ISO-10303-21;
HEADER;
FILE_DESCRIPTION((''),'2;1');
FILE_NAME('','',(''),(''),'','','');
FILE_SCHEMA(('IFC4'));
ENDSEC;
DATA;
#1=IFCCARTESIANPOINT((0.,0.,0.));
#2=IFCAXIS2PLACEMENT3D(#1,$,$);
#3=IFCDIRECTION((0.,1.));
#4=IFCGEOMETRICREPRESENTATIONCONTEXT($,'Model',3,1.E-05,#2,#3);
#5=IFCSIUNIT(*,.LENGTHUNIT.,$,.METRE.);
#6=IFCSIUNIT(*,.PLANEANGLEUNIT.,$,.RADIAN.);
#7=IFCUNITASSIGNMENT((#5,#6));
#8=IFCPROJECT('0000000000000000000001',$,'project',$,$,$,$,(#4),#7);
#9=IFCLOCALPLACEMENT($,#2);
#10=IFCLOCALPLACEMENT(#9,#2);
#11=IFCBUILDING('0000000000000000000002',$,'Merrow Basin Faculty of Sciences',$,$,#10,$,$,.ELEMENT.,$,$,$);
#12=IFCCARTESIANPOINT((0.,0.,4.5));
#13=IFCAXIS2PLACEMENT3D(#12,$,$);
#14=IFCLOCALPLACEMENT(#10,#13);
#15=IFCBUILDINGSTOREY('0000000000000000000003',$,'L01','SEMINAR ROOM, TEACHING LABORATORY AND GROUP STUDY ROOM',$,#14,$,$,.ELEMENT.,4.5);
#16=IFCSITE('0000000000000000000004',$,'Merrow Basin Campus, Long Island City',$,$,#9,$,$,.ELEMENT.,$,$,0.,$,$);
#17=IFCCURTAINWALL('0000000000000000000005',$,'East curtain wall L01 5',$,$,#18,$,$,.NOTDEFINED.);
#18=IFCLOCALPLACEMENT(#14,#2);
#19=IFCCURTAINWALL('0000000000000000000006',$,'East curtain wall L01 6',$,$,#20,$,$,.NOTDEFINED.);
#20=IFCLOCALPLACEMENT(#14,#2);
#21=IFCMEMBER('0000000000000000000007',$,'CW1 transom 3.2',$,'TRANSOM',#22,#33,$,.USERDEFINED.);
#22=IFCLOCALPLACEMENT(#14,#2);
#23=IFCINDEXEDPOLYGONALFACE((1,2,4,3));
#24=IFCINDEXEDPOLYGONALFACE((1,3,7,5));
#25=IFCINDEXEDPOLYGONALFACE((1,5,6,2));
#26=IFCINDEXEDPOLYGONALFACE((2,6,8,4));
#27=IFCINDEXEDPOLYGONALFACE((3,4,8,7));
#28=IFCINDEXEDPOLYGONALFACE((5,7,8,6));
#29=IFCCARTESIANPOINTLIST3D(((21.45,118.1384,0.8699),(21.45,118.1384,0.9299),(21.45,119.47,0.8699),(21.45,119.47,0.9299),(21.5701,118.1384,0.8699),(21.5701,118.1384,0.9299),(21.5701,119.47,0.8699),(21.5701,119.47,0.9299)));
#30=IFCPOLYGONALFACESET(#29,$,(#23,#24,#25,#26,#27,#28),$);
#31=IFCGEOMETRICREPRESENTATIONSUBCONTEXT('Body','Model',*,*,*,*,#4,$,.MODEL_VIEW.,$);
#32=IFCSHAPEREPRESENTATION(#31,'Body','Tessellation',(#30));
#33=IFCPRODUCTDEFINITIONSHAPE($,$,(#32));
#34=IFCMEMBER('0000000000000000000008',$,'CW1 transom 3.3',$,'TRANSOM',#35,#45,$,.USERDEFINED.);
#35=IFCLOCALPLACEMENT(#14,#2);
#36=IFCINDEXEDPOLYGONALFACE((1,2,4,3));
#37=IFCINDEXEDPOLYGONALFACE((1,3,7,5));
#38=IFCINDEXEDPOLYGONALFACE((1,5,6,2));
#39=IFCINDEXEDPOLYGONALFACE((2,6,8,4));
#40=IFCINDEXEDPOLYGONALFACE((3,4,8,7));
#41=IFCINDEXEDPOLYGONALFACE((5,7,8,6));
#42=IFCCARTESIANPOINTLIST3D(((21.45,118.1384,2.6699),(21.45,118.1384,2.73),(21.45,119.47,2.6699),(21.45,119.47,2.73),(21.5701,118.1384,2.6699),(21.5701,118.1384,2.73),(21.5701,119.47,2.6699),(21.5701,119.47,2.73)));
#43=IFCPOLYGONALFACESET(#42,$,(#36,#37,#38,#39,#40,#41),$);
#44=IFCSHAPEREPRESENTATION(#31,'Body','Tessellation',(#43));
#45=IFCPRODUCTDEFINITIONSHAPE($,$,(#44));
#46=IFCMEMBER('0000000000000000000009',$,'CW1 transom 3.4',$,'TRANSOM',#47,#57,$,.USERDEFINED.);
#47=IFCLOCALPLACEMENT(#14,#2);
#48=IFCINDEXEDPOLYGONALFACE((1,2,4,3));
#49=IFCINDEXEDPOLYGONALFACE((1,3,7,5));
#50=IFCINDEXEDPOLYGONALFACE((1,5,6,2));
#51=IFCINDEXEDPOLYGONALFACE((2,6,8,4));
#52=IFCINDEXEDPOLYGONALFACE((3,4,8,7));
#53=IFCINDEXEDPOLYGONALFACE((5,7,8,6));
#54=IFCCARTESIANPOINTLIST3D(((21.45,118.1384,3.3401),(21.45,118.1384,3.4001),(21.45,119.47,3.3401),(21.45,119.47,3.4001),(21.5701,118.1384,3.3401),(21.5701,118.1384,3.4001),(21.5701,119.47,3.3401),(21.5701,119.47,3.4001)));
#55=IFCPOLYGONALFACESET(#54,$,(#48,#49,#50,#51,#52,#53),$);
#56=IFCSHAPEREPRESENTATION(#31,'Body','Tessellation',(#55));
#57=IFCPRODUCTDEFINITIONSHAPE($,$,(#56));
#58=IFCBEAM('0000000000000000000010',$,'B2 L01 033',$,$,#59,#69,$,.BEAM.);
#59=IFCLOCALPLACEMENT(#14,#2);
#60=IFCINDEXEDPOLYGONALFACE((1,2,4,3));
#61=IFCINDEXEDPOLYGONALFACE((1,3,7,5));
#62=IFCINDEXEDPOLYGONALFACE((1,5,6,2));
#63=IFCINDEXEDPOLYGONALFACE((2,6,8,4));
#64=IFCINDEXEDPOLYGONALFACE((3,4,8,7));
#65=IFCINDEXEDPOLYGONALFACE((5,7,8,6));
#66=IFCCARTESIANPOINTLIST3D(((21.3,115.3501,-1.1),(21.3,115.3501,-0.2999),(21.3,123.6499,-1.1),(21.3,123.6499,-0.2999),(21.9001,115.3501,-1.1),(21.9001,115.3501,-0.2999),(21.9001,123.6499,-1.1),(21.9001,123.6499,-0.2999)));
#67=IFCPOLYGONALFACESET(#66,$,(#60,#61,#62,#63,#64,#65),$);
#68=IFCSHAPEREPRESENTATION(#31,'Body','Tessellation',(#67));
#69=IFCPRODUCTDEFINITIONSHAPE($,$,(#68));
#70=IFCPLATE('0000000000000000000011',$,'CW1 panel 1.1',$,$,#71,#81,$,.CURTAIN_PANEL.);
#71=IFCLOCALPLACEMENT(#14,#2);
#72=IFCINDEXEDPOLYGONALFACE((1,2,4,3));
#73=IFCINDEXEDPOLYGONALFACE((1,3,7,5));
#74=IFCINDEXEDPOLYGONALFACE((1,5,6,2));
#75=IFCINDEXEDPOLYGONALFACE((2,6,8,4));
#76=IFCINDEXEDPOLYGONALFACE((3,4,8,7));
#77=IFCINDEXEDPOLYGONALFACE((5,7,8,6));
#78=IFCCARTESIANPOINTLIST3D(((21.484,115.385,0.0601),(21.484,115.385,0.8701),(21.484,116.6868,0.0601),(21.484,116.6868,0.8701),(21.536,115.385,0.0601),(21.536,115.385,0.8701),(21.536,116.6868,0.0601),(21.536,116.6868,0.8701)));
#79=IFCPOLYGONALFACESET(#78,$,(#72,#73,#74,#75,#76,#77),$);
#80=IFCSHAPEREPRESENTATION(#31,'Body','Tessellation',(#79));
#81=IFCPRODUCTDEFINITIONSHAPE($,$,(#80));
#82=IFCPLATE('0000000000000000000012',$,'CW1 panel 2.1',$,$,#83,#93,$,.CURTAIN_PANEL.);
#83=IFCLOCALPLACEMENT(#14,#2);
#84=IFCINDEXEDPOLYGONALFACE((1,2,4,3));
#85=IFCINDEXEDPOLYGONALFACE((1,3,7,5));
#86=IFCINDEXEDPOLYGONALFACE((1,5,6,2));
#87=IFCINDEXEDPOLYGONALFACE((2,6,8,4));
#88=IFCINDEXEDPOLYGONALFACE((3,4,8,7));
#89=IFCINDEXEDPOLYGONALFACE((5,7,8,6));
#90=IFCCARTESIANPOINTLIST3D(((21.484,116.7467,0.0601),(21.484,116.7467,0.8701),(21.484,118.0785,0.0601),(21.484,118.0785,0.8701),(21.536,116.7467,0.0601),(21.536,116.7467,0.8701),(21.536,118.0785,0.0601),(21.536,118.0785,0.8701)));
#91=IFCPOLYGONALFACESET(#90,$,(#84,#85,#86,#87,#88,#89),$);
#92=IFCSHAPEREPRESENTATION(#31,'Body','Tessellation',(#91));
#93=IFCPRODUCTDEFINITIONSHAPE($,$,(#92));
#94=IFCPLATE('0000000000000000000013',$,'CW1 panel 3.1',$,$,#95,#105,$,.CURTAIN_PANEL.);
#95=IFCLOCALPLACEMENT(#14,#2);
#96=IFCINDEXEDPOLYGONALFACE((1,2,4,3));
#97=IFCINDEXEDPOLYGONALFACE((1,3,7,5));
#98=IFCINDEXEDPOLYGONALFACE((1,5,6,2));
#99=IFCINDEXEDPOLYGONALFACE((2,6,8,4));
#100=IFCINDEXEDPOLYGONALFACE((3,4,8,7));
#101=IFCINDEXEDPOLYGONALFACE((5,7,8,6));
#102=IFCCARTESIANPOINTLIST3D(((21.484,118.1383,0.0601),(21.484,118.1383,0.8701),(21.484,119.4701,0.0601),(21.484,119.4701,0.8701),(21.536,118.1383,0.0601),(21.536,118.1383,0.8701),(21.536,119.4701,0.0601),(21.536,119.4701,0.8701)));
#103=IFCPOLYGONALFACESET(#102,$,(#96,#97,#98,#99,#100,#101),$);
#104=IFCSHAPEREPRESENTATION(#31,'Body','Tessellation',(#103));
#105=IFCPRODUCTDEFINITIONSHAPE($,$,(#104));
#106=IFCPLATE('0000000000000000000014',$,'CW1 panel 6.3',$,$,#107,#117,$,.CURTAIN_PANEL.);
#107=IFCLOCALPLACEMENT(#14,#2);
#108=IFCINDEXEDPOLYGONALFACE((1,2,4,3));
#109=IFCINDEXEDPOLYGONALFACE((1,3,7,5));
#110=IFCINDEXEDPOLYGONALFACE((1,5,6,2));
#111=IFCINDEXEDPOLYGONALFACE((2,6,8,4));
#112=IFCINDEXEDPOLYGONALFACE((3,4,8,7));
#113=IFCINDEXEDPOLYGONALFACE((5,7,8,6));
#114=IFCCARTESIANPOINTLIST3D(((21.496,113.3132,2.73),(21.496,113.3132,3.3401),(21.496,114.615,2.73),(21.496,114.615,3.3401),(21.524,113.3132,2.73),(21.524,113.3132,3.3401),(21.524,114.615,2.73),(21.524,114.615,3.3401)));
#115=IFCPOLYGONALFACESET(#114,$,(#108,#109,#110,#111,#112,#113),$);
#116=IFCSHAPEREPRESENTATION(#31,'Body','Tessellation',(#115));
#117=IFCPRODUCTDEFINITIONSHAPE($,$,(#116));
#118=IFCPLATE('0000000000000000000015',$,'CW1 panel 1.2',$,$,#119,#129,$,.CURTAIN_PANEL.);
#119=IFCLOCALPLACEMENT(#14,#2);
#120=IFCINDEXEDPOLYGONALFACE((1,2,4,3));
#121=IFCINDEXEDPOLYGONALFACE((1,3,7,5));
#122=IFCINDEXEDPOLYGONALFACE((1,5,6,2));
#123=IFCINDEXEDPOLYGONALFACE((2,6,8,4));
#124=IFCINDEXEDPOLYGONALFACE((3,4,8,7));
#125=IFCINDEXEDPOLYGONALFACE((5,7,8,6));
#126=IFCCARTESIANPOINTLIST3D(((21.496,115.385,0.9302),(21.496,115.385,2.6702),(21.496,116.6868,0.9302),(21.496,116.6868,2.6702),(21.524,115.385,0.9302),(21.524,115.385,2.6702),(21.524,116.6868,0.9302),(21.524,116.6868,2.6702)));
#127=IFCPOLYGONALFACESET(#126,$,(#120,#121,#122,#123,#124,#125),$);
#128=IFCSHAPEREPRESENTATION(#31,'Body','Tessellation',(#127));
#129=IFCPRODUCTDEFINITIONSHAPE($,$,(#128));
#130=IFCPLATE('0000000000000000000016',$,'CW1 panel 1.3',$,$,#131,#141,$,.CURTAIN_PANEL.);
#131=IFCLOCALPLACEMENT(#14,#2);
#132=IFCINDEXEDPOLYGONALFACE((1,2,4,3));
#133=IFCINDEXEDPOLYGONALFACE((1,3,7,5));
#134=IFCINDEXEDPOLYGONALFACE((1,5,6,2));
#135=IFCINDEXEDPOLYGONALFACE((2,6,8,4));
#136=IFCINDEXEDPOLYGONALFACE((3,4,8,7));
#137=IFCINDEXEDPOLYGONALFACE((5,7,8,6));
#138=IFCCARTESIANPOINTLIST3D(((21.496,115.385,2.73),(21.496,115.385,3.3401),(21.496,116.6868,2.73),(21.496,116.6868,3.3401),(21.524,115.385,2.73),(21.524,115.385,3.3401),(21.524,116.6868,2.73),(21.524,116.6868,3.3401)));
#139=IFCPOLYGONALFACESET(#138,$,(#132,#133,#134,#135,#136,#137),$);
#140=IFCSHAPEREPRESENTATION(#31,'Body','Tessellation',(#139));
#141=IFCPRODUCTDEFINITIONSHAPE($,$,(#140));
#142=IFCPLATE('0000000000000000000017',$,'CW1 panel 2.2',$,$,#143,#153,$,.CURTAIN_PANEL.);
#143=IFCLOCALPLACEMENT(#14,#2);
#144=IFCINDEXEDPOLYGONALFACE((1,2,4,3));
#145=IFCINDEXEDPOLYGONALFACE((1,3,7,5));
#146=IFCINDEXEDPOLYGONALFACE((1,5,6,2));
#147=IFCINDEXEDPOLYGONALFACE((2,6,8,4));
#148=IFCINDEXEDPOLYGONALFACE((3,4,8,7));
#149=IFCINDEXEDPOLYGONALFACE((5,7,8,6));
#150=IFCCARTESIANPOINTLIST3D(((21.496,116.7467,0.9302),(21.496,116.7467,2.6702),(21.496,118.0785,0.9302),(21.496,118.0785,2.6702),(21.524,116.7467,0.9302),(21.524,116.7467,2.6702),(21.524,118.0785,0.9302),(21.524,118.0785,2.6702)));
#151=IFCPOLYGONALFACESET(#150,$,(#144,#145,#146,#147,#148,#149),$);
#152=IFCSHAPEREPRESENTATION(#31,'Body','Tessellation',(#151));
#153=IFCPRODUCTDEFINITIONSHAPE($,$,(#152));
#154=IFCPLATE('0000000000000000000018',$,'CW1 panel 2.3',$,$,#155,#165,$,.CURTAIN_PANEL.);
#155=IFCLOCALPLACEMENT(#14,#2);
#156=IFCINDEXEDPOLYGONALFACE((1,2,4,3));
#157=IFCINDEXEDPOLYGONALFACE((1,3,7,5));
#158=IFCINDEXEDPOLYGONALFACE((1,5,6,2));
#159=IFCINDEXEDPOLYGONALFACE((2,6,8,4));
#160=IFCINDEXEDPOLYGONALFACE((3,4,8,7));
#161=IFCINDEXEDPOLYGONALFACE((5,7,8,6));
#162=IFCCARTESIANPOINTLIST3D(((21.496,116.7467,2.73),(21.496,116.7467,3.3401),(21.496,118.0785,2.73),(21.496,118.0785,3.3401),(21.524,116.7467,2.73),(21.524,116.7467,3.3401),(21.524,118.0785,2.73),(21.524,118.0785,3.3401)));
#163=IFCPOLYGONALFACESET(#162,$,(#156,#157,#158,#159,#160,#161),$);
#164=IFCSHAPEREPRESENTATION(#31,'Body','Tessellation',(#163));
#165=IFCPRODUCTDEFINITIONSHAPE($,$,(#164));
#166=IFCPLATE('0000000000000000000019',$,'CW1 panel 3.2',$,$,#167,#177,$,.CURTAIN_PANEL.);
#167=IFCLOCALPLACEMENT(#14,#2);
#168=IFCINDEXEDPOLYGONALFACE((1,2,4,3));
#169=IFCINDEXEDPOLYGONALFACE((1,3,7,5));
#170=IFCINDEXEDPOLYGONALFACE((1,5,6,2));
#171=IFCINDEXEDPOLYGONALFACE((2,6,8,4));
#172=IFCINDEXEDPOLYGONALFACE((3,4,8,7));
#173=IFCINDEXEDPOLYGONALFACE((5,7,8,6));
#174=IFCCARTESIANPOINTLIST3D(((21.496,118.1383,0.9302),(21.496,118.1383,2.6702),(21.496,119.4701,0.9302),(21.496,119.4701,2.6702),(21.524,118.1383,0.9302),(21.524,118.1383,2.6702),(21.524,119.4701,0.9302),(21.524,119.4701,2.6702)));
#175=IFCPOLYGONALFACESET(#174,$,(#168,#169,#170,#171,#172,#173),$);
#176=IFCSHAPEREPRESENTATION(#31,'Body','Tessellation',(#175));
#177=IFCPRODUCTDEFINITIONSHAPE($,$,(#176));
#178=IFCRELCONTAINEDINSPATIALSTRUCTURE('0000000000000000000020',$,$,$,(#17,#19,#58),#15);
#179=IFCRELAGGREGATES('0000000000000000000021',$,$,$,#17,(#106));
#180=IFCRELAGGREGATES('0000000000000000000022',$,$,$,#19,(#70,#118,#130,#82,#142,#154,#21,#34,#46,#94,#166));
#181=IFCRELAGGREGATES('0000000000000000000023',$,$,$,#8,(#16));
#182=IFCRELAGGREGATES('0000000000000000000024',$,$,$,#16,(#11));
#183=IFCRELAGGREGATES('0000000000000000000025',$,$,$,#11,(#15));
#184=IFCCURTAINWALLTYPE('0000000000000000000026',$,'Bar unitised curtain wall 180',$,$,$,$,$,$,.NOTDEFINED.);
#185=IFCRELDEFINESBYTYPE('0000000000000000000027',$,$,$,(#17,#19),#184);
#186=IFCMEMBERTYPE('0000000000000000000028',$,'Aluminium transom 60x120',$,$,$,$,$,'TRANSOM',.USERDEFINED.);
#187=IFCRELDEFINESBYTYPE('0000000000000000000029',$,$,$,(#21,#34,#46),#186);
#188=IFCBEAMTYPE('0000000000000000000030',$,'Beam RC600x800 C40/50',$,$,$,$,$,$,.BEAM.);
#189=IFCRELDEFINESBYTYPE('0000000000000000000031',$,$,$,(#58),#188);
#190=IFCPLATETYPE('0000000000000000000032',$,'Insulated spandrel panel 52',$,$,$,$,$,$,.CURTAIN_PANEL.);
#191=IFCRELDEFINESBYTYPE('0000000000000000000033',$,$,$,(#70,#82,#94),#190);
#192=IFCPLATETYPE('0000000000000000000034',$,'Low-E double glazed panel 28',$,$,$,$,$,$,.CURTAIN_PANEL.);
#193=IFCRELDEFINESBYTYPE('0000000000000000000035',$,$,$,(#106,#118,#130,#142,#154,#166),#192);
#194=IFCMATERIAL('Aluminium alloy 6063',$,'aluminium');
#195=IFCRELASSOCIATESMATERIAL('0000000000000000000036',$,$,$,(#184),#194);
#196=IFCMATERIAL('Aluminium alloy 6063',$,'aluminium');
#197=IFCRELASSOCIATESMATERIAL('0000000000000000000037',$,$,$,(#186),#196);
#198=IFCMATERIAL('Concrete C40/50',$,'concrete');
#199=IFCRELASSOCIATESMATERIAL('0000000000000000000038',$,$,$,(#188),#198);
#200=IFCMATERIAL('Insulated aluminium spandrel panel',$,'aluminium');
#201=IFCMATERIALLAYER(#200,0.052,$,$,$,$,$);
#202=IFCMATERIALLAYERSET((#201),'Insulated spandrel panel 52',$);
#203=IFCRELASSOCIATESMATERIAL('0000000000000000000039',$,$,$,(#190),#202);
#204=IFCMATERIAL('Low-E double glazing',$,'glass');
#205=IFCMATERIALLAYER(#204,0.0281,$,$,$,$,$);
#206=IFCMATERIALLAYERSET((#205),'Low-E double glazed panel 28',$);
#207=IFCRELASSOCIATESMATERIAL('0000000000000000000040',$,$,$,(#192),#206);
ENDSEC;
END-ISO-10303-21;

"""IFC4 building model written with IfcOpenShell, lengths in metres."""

from ifc_helpers import new_model, si_unit, direction, frame, origin, origin_2d, place, context, subcontext, project, spatial, rectangle, extrude, material, layer, layer_set, material_profile, profile_set, type_object, element, aggregate, save


model = new_model("IFC4")

# Units and contexts
model_context = context("Model", 3, precision=1e-05, world=origin(), true_north=direction((0.0, 1.0)))
body_context = subcontext(model_context, "Body", "Model", "MODEL_VIEW")
ifc_project = project(units=[si_unit("LENGTHUNIT", "METRE"), si_unit("PLANEANGLEUNIT", "RADIAN")], contexts=[model_context])

# Site, building, storey
site_placement = place(None, origin())
site = spatial("IfcSite", under=ifc_project, at=site_placement, Name="Merrow Basin Campus, Long Island City", CompositionType="ELEMENT", RefElevation=0.0)
building_placement = place(site_placement, origin())
building = spatial("IfcBuilding", under=site, at=building_placement, Name="Merrow Basin Faculty of Sciences", CompositionType="ELEMENT")
storey_placement = place(building_placement, frame((0.0, 0.0, 4.5)))
storey = spatial("IfcBuildingStorey", under=building, at=storey_placement, Name="L01", Description="SEMINAR ROOM, TEACHING LABORATORY AND GROUP STUDY ROOM", CompositionType="ELEMENT", Elevation=4.5)

# Curtain wall
ifc_material_1 = material(Name="Aluminium alloy 6063", Category="aluminium")
curtain_wall_type = type_object("IfcCurtainWallType", Name="Bar unitised curtain wall 180", PredefinedType="NOTDEFINED", material=ifc_material_1)
curtain_wall_1_placement = place(storey_placement, origin())
curtain_wall_1 = element("IfcCurtainWall", 1, at=curtain_wall_1_placement, inside=storey, type_object=curtain_wall_type, Name="East curtain wall L01 5", PredefinedType="NOTDEFINED")

# Curtain wall, members
curtain_wall_2_placement = place(storey_placement, origin())
curtain_wall_2 = element("IfcCurtainWall", 2, at=curtain_wall_2_placement, inside=storey, type_object=curtain_wall_type, Name="East curtain wall L01 6", PredefinedType="NOTDEFINED")
ifc_material_2 = material(Name="Aluminium alloy 6063", Category="aluminium")
ifc_material_profile_1 = material_profile(ifc_material_2, rectangle(XDim=0.1201, YDim=0.0601, at=origin_2d()))
ifc_profile_set_1 = profile_set([ifc_material_profile_1], Name="Aluminium alloy 6063")
member_type_1 = type_object("IfcMemberType", Name="Aluminium transom 60x120", ElementType="TRANSOM", PredefinedType="USERDEFINED", material=ifc_profile_set_1)
member_1_placement = place(storey_placement, frame((21.51, 118.1384, 0.8999), z_axis=(0.0, 1.0, 0.0), x_axis=(-1.0, 0.0, 0.0)))
member_1 = element("IfcMember", 3, at=member_1_placement, type_object=member_type_1, Name="CW1 transom 3.2", ObjectType="TRANSOM", PredefinedType="USERDEFINED", context=body_context, shape_type="SweptSolid", body=[
    extrude(rectangle(XDim=0.1201, YDim=0.0601, at=origin_2d()), origin(), (0.0, 0.0, 1.0), 1.3315),
])
member_2_placement = place(storey_placement, frame((21.51, 118.1384, 2.7), z_axis=(0.0, 1.0, 0.0), x_axis=(-1.0, 0.0, 0.0)))
member_2 = element("IfcMember", 4, at=member_2_placement, type_object=member_type_1, Name="CW1 transom 3.3", ObjectType="TRANSOM", PredefinedType="USERDEFINED", context=body_context, shape_type="SweptSolid", body=[
    extrude(rectangle(XDim=0.1201, YDim=0.0601, at=origin_2d()), origin(), (0.0, 0.0, 1.0), 1.3315),
])
member_3_placement = place(storey_placement, frame((21.51, 118.1384, 3.3701), z_axis=(0.0, 1.0, 0.0), x_axis=(-1.0, 0.0, 0.0)))
member_3 = element("IfcMember", 5, at=member_3_placement, type_object=member_type_1, Name="CW1 transom 3.4", ObjectType="TRANSOM", PredefinedType="USERDEFINED", context=body_context, shape_type="SweptSolid", body=[
    extrude(rectangle(XDim=0.1201, YDim=0.0601, at=origin_2d()), origin(), (0.0, 0.0, 1.0), 1.3315),
])

# Beam
ifc_material_3 = material(Name="Concrete C40/50", Category="concrete")
ifc_material_profile_2 = material_profile(ifc_material_3, rectangle(XDim=0.6001, YDim=0.8, at=origin_2d()))
ifc_profile_set_2 = profile_set([ifc_material_profile_2], Name="Concrete C40/50")
beam_type = type_object("IfcBeamType", Name="Beam RC600x800 C40/50", PredefinedType="BEAM", material=ifc_profile_set_2)
beam_placement = place(storey_placement, frame((21.6001, 115.3501, -0.7), z_axis=(0.0, 1.0, 0.0), x_axis=(-1.0, 0.0, 0.0)))
element("IfcBeam", 6, at=beam_placement, inside=storey, type_object=beam_type, Name="B2 L01 033", PredefinedType="BEAM", context=body_context, shape_type="SweptSolid", body=[
    extrude(rectangle(XDim=0.6001, YDim=0.8, at=origin_2d()), origin(), (0.0, 0.0, 1.0), 8.2998),
])

# Plates
ifc_material_4 = material(Name="Insulated aluminium spandrel panel", Category="aluminium")
ifc_layer_1 = layer(ifc_material_4, 0.052)
ifc_layer_set_1 = layer_set([ifc_layer_1], Name="Insulated spandrel panel 52")
plate_type_1 = type_object("IfcPlateType", Name="Insulated spandrel panel 52", PredefinedType="CURTAIN_PANEL", material=ifc_layer_set_1)
plate_1_placement = place(storey_placement, frame((21.51, 116.0359, 0.0601), z_axis=(0.0, 0.0, 1.0), x_axis=(0.0, 1.0, 0.0)))
plate_1 = element("IfcPlate", 7, at=plate_1_placement, type_object=plate_type_1, Name="CW1 panel 1.1", PredefinedType="CURTAIN_PANEL", context=body_context, shape_type="SweptSolid", body=[
    extrude(rectangle(XDim=1.3018, YDim=0.052, at=origin_2d()), origin(), (0.0, 0.0, 1.0), 0.8101),
])
plate_2_placement = place(storey_placement, frame((21.51, 117.4126, 0.0601), z_axis=(0.0, 0.0, 1.0), x_axis=(0.0, 1.0, 0.0)))
plate_2 = element("IfcPlate", 8, at=plate_2_placement, type_object=plate_type_1, Name="CW1 panel 2.1", PredefinedType="CURTAIN_PANEL", context=body_context, shape_type="SweptSolid", body=[
    extrude(rectangle(XDim=1.3318, YDim=0.052, at=origin_2d()), origin(), (0.0, 0.0, 1.0), 0.8101),
])
plate_3_placement = place(storey_placement, frame((21.51, 118.8042, 0.0601), z_axis=(0.0, 0.0, 1.0), x_axis=(0.0, 1.0, 0.0)))
plate_3 = element("IfcPlate", 9, at=plate_3_placement, type_object=plate_type_1, Name="CW1 panel 3.1", PredefinedType="CURTAIN_PANEL", context=body_context, shape_type="SweptSolid", body=[
    extrude(rectangle(XDim=1.3318, YDim=0.052, at=origin_2d()), origin(), (0.0, 0.0, 1.0), 0.8101),
])
ifc_material_5 = material(Name="Low-E double glazing", Category="glass")
ifc_layer_2 = layer(ifc_material_5, 0.0281)
ifc_layer_set_2 = layer_set([ifc_layer_2], Name="Low-E double glazed panel 28")
plate_type_2 = type_object("IfcPlateType", Name="Low-E double glazed panel 28", PredefinedType="CURTAIN_PANEL", material=ifc_layer_set_2)
plate_4_placement = place(storey_placement, frame((21.51, 113.9641, 2.73), z_axis=(0.0, 0.0, 1.0), x_axis=(0.0, 1.0, 0.0)))
plate_4 = element("IfcPlate", 10, at=plate_4_placement, type_object=plate_type_2, Name="CW1 panel 6.3", PredefinedType="CURTAIN_PANEL", context=body_context, shape_type="SweptSolid", body=[
    extrude(rectangle(XDim=1.3018, YDim=0.0281, at=origin_2d()), origin(), (0.0, 0.0, 1.0), 0.6101),
])
aggregate(curtain_wall_1, [plate_4])
plate_5_placement = place(storey_placement, frame((21.51, 116.0359, 0.9302), z_axis=(0.0, 0.0, 1.0), x_axis=(0.0, 1.0, 0.0)))
plate_5 = element("IfcPlate", 11, at=plate_5_placement, type_object=plate_type_2, Name="CW1 panel 1.2", PredefinedType="CURTAIN_PANEL", context=body_context, shape_type="SweptSolid", body=[
    extrude(rectangle(XDim=1.3018, YDim=0.0281, at=origin_2d()), origin(), (0.0, 0.0, 1.0), 1.74),
])
plate_6_placement = place(storey_placement, frame((21.51, 116.0359, 2.73), z_axis=(0.0, 0.0, 1.0), x_axis=(0.0, 1.0, 0.0)))
plate_6 = element("IfcPlate", 12, at=plate_6_placement, type_object=plate_type_2, Name="CW1 panel 1.3", PredefinedType="CURTAIN_PANEL", context=body_context, shape_type="SweptSolid", body=[
    extrude(rectangle(XDim=1.3018, YDim=0.0281, at=origin_2d()), origin(), (0.0, 0.0, 1.0), 0.6101),
])
plate_7_placement = place(storey_placement, frame((21.51, 117.4126, 0.9302), z_axis=(0.0, 0.0, 1.0), x_axis=(0.0, 1.0, 0.0)))
plate_7 = element("IfcPlate", 13, at=plate_7_placement, type_object=plate_type_2, Name="CW1 panel 2.2", PredefinedType="CURTAIN_PANEL", context=body_context, shape_type="SweptSolid", body=[
    extrude(rectangle(XDim=1.3318, YDim=0.0281, at=origin_2d()), origin(), (0.0, 0.0, 1.0), 1.74),
])
plate_8_placement = place(storey_placement, frame((21.51, 117.4126, 2.73), z_axis=(0.0, 0.0, 1.0), x_axis=(0.0, 1.0, 0.0)))
plate_8 = element("IfcPlate", 14, at=plate_8_placement, type_object=plate_type_2, Name="CW1 panel 2.3", PredefinedType="CURTAIN_PANEL", context=body_context, shape_type="SweptSolid", body=[
    extrude(rectangle(XDim=1.3318, YDim=0.0281, at=origin_2d()), origin(), (0.0, 0.0, 1.0), 0.6101),
])
plate_9_placement = place(storey_placement, frame((21.51, 118.8042, 0.9302), z_axis=(0.0, 0.0, 1.0), x_axis=(0.0, 1.0, 0.0)))
plate_9 = element("IfcPlate", 15, at=plate_9_placement, type_object=plate_type_2, Name="CW1 panel 3.2", PredefinedType="CURTAIN_PANEL", context=body_context, shape_type="SweptSolid", body=[
    extrude(rectangle(XDim=1.3318, YDim=0.0281, at=origin_2d()), origin(), (0.0, 0.0, 1.0), 1.74),
])
aggregate(curtain_wall_2, [plate_1, plate_5, plate_6, plate_2, plate_7, plate_8, member_1, member_2, member_3, plate_3, plate_9])

save(model, "model.ifc")
